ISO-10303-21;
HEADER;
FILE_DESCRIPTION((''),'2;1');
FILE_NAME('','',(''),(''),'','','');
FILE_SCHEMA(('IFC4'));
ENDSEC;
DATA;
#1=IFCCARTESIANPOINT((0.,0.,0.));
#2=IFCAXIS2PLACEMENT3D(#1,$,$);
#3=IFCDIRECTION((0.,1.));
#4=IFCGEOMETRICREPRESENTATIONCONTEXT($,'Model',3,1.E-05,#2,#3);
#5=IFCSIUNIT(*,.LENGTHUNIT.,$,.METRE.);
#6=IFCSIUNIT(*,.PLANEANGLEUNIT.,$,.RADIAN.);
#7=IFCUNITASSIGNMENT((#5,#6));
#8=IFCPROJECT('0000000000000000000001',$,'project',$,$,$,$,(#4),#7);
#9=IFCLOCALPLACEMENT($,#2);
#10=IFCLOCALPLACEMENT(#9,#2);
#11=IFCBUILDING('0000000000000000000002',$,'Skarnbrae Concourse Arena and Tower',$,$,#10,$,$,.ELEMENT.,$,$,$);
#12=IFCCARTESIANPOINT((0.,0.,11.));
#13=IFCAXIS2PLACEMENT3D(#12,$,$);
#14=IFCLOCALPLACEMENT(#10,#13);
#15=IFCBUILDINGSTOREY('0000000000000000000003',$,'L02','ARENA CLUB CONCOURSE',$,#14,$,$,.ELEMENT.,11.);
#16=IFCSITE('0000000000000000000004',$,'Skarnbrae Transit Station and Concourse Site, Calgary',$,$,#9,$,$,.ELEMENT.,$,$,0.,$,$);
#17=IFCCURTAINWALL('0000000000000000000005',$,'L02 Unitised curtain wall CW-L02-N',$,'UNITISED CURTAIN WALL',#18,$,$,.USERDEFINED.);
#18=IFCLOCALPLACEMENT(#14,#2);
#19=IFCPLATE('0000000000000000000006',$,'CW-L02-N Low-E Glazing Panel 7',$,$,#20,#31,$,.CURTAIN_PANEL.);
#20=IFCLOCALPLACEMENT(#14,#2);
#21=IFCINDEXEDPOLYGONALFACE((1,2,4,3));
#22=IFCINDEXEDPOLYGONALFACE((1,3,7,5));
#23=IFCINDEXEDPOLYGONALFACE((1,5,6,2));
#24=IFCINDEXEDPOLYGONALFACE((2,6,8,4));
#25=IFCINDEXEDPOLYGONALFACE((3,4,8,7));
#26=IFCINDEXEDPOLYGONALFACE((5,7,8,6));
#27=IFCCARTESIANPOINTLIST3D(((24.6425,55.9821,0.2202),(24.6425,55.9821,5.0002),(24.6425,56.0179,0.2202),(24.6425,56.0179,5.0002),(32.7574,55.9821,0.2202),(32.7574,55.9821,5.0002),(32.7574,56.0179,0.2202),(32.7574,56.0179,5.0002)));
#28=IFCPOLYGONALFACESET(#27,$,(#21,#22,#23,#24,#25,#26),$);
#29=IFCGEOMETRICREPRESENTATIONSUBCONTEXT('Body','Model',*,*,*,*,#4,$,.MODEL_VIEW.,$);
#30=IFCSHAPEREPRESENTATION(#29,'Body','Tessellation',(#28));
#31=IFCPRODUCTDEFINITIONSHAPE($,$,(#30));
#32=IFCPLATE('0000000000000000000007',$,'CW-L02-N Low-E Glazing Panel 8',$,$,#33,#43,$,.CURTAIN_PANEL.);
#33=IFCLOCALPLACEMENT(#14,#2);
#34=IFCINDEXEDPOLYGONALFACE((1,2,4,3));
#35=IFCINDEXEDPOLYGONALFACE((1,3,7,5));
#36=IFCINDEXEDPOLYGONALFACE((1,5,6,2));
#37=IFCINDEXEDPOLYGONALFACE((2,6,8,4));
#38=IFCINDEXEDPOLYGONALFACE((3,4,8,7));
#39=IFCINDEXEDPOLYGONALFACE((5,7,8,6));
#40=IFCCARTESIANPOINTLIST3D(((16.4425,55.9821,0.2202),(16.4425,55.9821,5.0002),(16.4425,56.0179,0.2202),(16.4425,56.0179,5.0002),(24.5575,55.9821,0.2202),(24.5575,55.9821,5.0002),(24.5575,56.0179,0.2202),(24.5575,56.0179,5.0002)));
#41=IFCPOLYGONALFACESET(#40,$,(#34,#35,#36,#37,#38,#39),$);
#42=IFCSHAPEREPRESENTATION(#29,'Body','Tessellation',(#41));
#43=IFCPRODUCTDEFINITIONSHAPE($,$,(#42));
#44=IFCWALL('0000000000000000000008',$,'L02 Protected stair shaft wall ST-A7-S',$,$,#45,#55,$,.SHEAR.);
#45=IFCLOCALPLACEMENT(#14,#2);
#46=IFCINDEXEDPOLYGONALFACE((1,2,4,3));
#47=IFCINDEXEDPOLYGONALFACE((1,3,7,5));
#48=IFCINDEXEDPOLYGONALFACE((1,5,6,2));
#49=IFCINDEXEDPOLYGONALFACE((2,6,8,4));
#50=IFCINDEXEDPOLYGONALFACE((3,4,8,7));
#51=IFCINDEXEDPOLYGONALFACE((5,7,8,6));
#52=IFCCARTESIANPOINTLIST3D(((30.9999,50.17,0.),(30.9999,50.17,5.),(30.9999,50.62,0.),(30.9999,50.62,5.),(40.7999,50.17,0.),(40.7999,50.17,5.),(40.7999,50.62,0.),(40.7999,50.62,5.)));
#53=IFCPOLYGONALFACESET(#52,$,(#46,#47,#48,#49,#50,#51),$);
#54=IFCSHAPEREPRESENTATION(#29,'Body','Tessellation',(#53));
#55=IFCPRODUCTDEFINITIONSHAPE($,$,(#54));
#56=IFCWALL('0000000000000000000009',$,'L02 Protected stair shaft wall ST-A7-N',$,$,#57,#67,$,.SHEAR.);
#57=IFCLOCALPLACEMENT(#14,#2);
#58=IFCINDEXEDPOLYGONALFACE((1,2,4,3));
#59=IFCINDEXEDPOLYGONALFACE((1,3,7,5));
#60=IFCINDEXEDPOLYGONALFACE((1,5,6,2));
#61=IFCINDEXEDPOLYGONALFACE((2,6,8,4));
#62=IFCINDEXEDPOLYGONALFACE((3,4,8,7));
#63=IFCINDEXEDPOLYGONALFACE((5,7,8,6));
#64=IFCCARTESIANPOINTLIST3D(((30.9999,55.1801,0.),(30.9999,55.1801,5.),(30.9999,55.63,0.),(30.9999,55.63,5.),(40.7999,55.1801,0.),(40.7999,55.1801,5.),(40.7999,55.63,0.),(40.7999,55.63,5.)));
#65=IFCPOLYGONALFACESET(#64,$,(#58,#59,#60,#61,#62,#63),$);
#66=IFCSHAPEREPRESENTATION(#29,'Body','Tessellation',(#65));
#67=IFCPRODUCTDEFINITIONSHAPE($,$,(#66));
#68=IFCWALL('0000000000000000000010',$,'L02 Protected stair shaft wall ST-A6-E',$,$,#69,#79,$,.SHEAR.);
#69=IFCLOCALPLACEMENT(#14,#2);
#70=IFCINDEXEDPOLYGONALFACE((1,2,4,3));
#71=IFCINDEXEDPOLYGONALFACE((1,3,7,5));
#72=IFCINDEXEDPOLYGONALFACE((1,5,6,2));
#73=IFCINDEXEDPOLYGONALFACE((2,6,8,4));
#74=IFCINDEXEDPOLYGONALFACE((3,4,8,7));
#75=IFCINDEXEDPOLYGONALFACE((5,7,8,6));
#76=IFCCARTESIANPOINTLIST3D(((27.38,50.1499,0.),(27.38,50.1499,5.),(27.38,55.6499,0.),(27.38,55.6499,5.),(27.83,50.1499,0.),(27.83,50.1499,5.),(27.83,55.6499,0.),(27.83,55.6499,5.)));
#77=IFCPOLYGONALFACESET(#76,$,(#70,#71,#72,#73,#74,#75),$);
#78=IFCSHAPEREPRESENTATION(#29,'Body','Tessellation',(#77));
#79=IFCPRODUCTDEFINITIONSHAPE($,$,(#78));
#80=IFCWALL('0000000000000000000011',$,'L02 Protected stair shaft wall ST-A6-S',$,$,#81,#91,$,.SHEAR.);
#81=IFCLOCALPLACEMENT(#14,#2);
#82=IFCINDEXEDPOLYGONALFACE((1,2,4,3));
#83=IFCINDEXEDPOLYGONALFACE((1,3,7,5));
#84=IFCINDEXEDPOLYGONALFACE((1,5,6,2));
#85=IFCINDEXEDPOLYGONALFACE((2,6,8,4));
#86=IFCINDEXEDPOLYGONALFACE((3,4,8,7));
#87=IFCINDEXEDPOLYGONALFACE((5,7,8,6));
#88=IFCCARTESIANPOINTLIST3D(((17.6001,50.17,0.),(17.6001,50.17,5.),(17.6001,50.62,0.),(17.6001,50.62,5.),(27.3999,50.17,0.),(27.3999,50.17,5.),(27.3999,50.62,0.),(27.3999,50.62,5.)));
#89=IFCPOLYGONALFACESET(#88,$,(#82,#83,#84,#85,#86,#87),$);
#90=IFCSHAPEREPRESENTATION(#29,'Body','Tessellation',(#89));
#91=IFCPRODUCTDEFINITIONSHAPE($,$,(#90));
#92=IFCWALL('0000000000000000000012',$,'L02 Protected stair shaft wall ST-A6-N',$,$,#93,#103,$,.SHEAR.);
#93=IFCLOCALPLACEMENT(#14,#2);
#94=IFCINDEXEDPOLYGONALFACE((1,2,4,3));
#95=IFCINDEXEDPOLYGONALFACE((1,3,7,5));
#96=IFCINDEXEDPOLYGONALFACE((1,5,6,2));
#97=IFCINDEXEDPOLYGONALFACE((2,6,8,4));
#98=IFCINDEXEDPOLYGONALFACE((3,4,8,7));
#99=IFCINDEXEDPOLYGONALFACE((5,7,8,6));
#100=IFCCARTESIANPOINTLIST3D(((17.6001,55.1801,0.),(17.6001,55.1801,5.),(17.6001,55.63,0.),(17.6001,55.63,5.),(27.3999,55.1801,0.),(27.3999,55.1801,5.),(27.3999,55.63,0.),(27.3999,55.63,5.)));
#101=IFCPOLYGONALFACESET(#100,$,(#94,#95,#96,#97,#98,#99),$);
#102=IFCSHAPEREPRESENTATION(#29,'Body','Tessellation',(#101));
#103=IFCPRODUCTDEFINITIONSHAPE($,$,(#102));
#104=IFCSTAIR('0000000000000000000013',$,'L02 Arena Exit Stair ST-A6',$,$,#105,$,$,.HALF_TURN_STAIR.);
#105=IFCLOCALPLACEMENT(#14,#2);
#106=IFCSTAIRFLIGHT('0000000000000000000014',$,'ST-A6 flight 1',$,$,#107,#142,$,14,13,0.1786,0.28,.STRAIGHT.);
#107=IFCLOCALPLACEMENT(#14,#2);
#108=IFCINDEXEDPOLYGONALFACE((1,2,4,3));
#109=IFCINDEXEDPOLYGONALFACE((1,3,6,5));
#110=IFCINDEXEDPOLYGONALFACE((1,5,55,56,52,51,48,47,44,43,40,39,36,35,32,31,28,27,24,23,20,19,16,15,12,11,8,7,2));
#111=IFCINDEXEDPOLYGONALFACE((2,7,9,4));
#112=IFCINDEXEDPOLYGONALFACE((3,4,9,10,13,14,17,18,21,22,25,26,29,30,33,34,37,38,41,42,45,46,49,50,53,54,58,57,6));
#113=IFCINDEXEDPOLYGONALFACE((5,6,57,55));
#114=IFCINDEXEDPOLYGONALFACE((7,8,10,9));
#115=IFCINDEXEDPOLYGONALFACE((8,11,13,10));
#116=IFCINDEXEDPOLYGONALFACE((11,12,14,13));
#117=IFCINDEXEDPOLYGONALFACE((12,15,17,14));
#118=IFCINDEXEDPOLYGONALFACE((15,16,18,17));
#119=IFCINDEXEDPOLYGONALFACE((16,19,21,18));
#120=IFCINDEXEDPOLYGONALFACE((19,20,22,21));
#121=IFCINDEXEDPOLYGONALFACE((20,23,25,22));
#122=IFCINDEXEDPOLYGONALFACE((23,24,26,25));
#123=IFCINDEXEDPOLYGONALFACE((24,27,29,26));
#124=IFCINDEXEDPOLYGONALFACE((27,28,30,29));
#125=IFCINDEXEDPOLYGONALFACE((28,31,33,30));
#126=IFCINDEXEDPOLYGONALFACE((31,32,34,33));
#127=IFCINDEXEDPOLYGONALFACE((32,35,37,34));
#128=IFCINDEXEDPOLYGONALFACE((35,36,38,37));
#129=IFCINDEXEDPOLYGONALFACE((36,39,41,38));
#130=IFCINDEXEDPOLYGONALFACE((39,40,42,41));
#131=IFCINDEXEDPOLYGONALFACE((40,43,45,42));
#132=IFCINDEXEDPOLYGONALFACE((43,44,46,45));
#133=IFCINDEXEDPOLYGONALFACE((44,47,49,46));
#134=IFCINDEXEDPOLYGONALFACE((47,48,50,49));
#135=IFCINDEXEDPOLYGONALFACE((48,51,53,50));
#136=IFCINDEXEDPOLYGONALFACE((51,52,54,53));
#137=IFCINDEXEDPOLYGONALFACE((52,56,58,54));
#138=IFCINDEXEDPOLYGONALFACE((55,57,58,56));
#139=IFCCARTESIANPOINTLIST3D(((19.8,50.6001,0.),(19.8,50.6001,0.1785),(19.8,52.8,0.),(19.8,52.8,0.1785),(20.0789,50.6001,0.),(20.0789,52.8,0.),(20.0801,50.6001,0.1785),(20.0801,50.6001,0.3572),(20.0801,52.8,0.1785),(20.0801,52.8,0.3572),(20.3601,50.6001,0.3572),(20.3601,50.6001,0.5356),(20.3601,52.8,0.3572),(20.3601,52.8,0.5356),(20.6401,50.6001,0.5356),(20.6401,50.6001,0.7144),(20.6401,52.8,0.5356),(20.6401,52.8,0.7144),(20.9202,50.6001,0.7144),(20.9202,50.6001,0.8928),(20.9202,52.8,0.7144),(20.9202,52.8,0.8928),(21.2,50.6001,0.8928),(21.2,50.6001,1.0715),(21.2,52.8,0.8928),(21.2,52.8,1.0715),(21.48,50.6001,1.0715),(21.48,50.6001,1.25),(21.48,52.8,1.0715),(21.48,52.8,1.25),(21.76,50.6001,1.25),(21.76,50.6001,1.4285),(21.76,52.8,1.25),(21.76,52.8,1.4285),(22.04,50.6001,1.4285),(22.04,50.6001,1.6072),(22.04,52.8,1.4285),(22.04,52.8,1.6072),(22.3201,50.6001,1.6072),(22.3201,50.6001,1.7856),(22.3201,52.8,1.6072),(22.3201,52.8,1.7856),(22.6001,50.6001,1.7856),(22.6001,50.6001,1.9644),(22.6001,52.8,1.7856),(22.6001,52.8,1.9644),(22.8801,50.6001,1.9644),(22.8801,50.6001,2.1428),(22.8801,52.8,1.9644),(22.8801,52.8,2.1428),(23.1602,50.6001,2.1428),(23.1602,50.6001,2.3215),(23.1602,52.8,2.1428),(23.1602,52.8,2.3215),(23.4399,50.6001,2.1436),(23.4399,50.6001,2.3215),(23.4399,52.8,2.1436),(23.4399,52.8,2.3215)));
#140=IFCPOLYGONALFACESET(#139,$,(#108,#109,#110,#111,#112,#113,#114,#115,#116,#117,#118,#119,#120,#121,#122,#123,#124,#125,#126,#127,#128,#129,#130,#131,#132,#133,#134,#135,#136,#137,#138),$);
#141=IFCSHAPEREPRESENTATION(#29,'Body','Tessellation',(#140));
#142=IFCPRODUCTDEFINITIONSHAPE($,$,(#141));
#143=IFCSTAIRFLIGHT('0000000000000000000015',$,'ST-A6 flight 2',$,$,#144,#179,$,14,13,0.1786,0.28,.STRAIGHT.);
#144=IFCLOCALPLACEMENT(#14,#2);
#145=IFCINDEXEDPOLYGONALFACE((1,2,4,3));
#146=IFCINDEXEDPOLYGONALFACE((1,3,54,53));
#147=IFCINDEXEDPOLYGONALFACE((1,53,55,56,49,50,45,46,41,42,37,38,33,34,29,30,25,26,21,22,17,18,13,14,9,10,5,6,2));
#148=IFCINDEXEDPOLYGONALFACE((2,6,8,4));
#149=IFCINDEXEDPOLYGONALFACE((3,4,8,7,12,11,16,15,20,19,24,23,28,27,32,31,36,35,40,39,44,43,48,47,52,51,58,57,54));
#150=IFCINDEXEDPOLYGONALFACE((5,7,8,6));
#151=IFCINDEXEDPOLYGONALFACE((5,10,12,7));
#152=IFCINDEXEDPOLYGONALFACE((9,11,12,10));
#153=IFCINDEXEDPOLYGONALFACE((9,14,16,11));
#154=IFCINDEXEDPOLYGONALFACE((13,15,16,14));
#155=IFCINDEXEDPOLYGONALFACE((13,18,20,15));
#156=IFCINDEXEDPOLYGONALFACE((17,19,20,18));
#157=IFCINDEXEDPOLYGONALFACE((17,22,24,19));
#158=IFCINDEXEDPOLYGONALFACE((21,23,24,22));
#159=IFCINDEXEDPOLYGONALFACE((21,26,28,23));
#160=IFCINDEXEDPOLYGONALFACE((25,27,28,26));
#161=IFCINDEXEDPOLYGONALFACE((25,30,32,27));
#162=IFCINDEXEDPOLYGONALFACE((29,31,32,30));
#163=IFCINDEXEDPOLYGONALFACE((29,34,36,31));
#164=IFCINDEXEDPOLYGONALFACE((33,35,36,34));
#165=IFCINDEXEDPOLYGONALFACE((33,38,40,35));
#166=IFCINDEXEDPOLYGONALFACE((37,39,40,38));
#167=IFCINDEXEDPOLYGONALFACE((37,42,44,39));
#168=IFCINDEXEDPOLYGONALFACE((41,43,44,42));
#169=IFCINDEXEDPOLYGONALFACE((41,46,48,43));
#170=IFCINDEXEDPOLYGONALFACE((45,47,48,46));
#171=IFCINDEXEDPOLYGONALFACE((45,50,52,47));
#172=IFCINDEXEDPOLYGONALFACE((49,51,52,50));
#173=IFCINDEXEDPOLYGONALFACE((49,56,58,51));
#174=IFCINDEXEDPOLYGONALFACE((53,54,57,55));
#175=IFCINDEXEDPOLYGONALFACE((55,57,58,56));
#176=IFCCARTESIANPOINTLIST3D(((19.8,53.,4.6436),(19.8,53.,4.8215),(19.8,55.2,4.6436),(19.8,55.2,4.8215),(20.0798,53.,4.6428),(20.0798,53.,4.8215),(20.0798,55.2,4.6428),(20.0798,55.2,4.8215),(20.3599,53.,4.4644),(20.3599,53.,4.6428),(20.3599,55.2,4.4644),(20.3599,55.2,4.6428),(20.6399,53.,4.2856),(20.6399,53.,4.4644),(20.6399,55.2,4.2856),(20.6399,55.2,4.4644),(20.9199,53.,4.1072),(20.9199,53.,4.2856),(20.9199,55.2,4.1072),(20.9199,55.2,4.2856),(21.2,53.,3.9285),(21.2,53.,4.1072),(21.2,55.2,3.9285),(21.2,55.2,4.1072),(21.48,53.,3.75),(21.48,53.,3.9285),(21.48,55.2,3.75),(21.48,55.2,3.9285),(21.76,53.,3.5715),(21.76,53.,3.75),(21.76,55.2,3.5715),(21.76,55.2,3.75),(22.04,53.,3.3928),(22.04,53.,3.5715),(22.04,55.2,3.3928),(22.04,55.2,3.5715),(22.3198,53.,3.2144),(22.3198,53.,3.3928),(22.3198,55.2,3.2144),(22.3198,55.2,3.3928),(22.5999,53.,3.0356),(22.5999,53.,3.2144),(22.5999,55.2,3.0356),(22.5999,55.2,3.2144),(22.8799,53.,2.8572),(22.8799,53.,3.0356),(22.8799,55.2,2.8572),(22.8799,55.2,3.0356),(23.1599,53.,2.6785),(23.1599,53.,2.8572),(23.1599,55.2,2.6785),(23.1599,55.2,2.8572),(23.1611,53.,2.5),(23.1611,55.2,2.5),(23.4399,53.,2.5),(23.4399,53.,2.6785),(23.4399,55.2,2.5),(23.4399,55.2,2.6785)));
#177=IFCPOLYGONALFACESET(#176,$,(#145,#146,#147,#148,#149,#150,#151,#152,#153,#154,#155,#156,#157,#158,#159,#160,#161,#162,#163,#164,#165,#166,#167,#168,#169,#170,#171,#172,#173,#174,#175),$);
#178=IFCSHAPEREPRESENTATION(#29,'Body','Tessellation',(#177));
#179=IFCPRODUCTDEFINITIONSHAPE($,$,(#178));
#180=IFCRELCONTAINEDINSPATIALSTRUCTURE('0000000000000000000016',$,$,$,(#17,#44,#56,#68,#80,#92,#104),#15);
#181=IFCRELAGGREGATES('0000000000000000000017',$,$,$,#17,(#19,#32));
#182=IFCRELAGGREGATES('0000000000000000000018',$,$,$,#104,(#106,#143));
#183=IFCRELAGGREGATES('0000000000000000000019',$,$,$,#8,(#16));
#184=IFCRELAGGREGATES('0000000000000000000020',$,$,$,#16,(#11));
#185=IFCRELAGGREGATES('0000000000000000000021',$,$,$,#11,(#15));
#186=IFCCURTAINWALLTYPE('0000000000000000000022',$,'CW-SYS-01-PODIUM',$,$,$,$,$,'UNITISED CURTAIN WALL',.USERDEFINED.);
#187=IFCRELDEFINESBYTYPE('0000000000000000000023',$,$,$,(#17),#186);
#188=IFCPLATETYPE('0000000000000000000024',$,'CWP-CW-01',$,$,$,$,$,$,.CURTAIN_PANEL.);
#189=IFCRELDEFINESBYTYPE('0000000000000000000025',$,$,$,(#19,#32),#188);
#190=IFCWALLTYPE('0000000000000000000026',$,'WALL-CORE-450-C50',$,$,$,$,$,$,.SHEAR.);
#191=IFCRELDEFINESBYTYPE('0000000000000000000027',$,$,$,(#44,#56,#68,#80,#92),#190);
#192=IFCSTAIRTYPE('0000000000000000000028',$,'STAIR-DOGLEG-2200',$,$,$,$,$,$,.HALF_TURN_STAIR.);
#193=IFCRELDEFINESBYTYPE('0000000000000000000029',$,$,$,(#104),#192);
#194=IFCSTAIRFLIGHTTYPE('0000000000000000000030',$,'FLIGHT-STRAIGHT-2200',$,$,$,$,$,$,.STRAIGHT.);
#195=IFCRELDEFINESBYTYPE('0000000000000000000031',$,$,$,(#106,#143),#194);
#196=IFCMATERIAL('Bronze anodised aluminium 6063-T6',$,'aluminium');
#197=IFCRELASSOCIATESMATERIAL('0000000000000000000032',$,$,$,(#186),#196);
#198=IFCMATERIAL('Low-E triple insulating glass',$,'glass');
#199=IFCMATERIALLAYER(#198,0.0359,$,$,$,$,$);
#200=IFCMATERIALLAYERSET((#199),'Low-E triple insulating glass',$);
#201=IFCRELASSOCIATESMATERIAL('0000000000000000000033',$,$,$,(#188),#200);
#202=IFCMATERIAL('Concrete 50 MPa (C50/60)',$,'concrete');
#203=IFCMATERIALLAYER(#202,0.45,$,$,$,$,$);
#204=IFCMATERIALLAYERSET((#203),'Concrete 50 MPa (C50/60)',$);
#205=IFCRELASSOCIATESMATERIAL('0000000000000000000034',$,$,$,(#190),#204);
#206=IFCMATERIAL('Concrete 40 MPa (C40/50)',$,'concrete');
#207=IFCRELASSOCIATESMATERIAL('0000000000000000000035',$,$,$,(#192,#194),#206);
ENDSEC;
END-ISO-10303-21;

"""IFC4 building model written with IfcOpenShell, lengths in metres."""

from ifc_helpers import new_model, si_unit, direction, frame, frame_2d, origin, origin_2d, place, context, subcontext, project, spatial, polyline, rectangle, outline, extrude, source, transform, mapped, material, layer, layer_set, type_object, element, aggregate, save


model = new_model("IFC4")

# Units and contexts
model_context = context("Model", 3, precision=1e-05, world=origin(), true_north=direction((0.0, 1.0)))
body_context = subcontext(model_context, "Body", "Model", "MODEL_VIEW")
ifc_project = project(units=[si_unit("LENGTHUNIT", "METRE"), si_unit("PLANEANGLEUNIT", "RADIAN")], contexts=[model_context])

# Site, building, storey
site_placement = place(None, origin())
site = spatial("IfcSite", under=ifc_project, at=site_placement, Name="Skarnbrae Transit Station and Concourse Site, Calgary", CompositionType="ELEMENT", RefElevation=0.0)
building_placement = place(site_placement, origin())
building = spatial("IfcBuilding", under=site, at=building_placement, Name="Skarnbrae Concourse Arena and Tower", CompositionType="ELEMENT")
storey_placement = place(building_placement, frame((0.0, 0.0, 11.0)))
storey = spatial("IfcBuildingStorey", under=building, at=storey_placement, Name="L02", Description="ARENA CLUB CONCOURSE", CompositionType="ELEMENT", Elevation=11.0)

# Curtain wall
ifc_material_1 = material(Name="Bronze anodised aluminium 6063-T6", Category="aluminium")
curtain_wall_type = type_object("IfcCurtainWallType", Name="CW-SYS-01-PODIUM", ElementType="UNITISED CURTAIN WALL", PredefinedType="USERDEFINED", material=ifc_material_1)
curtain_wall_placement = place(storey_placement, origin())
curtain_wall = element("IfcCurtainWall", 1, at=curtain_wall_placement, inside=storey, type_object=curtain_wall_type, Name="L02 Unitised curtain wall CW-L02-N", ObjectType="UNITISED CURTAIN WALL", PredefinedType="USERDEFINED")

# Plates
ifc_material_2 = material(Name="Low-E triple insulating glass", Category="glass")
ifc_layer_1 = layer(ifc_material_2, 0.0359)
ifc_layer_set_1 = layer_set([ifc_layer_1], Name="Low-E triple insulating glass")
plate_type = type_object("IfcPlateType", Name="CWP-CW-01", PredefinedType="CURTAIN_PANEL", material=ifc_layer_set_1)
shared_shape_1 = source(origin(), body_context, "Body", "SweptSolid", [
    extrude(rectangle(XDim=8.115, YDim=0.0359, at=origin_2d()), origin(), (0.0, 0.0, 1.0), 4.78),
])
plate_1_placement = place(storey_placement, frame((28.7, 56.0, 0.2202), z_axis=(0.0, 0.0, 1.0), x_axis=(-1.0, 0.0, 0.0)))
plate_1 = element("IfcPlate", 2, at=plate_1_placement, type_object=plate_type, Name="CW-L02-N Low-E Glazing Panel 7", PredefinedType="CURTAIN_PANEL", context=body_context, shape_type="MappedRepresentation", body=[
    mapped(shared_shape_1, transform((0.0, 0.0, 0.0))),
])
plate_2_placement = place(storey_placement, frame((20.5, 56.0, 0.2202), z_axis=(0.0, 0.0, 1.0), x_axis=(-1.0, 0.0, 0.0)))
plate_2 = element("IfcPlate", 3, at=plate_2_placement, type_object=plate_type, Name="CW-L02-N Low-E Glazing Panel 8", PredefinedType="CURTAIN_PANEL", context=body_context, shape_type="MappedRepresentation", body=[
    mapped(shared_shape_1, transform((0.0, 0.0, 0.0))),
])
aggregate(curtain_wall, [plate_1, plate_2])

# Walls
ifc_material_3 = material(Name="Concrete 50 MPa (C50/60)", Category="concrete")
ifc_layer_2 = layer(ifc_material_3, 0.45)
ifc_layer_set_2 = layer_set([ifc_layer_2], Name="Concrete 50 MPa (C50/60)")
wall_type_1 = type_object("IfcWallType", Name="WALL-CORE-450-C50", PredefinedType="SHEAR", material=ifc_layer_set_2)
shared_shape_2 = source(origin(), body_context, "Body", "SweptSolid", [
    extrude(rectangle(XDim=9.8, YDim=0.45, at=frame_2d((4.8999, 0.0))), origin(), (0.0, 0.0, 1.0), 5.0),
])
for number, where, z_axis, x_axis, name in (
    (4, (31.0, 50.395, 0.0), (0.0, 0.0, 1.0), (1.0, 0.0, 0.0), "L02 Protected stair shaft wall ST-A7-S"),
    (5, (31.0, 55.405, 0.0), (0.0, 0.0, 1.0), (1.0, 0.0, 0.0), "L02 Protected stair shaft wall ST-A7-N"),
):
    element("IfcWall", number, at=place(storey_placement, frame(where, z_axis=z_axis, x_axis=x_axis)), inside=storey, type_object=wall_type_1, Name=name, PredefinedType="SHEAR", context=body_context, shape_type="MappedRepresentation", body=[
        mapped(shared_shape_2, transform((0.0, 0.0, 0.0))),
    ])

# Shared definitions
shared_shape_3 = source(origin(), body_context, "Body", "SweptSolid", [
    extrude(rectangle(XDim=5.5, YDim=0.45, at=frame_2d((2.75, 0.0))), origin(), (0.0, 0.0, 1.0), 5.0),
])

# Wall
wall_1_placement = place(storey_placement, frame((27.605, 50.1499, 0.0), z_axis=(0.0, 0.0, 1.0), x_axis=(0.0, 1.0, 0.0)))
element("IfcWall", 6, at=wall_1_placement, inside=storey, type_object=wall_type_1, Name="L02 Protected stair shaft wall ST-A6-E", PredefinedType="SHEAR", context=body_context, shape_type="MappedRepresentation", body=[
    mapped(shared_shape_3, transform((0.0, 0.0, 0.0))),
])

# Walls
shared_shape_4 = source(origin(), body_context, "Body", "SweptSolid", [
    extrude(rectangle(XDim=9.7998, YDim=0.45, at=frame_2d((4.8999, 0.0))), origin(), (0.0, 0.0, 1.0), 5.0),
])
for number, where, z_axis, x_axis, name in (
    (7, (17.6001, 50.395, 0.0), (0.0, 0.0, 1.0), (1.0, 0.0, 0.0), "L02 Protected stair shaft wall ST-A6-S"),
    (8, (17.6001, 55.405, 0.0), (0.0, 0.0, 1.0), (1.0, 0.0, 0.0), "L02 Protected stair shaft wall ST-A6-N"),
):
    element("IfcWall", number, at=place(storey_placement, frame(where, z_axis=z_axis, x_axis=x_axis)), inside=storey, type_object=wall_type_1, Name=name, PredefinedType="SHEAR", context=body_context, shape_type="MappedRepresentation", body=[
        mapped(shared_shape_4, transform((0.0, 0.0, 0.0))),
    ])

# Stair, stair flights
ifc_material_4 = material(Name="Concrete 40 MPa (C40/50)", Category="concrete")
stair_type = type_object("IfcStairType", Name="STAIR-DOGLEG-2200", PredefinedType="HALF_TURN_STAIR", material=ifc_material_4)
stair_placement = place(storey_placement, origin())
stair = element("IfcStair", 9, at=stair_placement, inside=storey, type_object=stair_type, Name="L02 Arena Exit Stair ST-A6", PredefinedType="HALF_TURN_STAIR")
stair_flight_type = type_object("IfcStairFlightType", Name="FLIGHT-STRAIGHT-2200", PredefinedType="STRAIGHT", material=ifc_material_4)
shared_shape_5 = source(origin(), body_context, "Body", "SweptSolid", [
    extrude(outline(polyline([(0.0, 0.0), (0.0, 0.1785), (0.28, 0.1785), (0.28, 0.3572), (0.5601, 0.3572), (0.5601, 0.5356), (0.8401, 0.5356), (0.8401, 0.7144), (1.1201, 0.7144), (1.1201, 0.8928), (1.3999, 0.8928), (1.3999, 1.0715), (1.6799, 1.0715), (1.6799, 1.25), (1.96, 1.25), (1.96, 1.4285), (2.24, 1.4285), (2.24, 1.6072), (2.52, 1.6072), (2.52, 1.7856), (2.8, 1.7856), (2.8, 1.9644), (3.0801, 1.9644), (3.0801, 2.1428), (3.3601, 2.1428), (3.3601, 2.3215), (3.6399, 2.3215), (3.6399, 2.5), (3.6399, 2.1436), (0.2788, 0.0), (0.0, 0.0)])), frame((0.0, 1.1001, 0.0), z_axis=(0.0, -1.0, 0.0), x_axis=(1.0, 0.0, 0.0)), (0.0, 0.0, 1.0), 2.2),
])
stair_flight_1_placement = place(storey_placement, frame((19.8, 51.7, 0.0), z_axis=(0.0, 0.0, 1.0), x_axis=(1.0, 0.0, 0.0)))
stair_flight_1 = element("IfcStairFlight", 10, at=stair_flight_1_placement, type_object=stair_flight_type, Name="ST-A6 flight 1", NumberOfRisers=14, NumberOfTreads=13, PredefinedType="STRAIGHT", RiserHeight=0.1786, TreadLength=0.28, context=body_context, shape_type="MappedRepresentation", body=[
    mapped(shared_shape_5, transform((0.0, 0.0, 0.0))),
])
stair_flight_2_placement = place(storey_placement, frame((23.4399, 54.1001, 2.5), z_axis=(0.0, 0.0, 1.0), x_axis=(-1.0, 0.0, 0.0)))
stair_flight_2 = element("IfcStairFlight", 11, at=stair_flight_2_placement, type_object=stair_flight_type, Name="ST-A6 flight 2", NumberOfRisers=14, NumberOfTreads=13, PredefinedType="STRAIGHT", RiserHeight=0.1786, TreadLength=0.28, context=body_context, shape_type="MappedRepresentation", body=[
    mapped(shared_shape_5, transform((0.0, 0.0, 0.0))),
])
aggregate(stair, [stair_flight_1, stair_flight_2])

save(model, "model.ifc")
